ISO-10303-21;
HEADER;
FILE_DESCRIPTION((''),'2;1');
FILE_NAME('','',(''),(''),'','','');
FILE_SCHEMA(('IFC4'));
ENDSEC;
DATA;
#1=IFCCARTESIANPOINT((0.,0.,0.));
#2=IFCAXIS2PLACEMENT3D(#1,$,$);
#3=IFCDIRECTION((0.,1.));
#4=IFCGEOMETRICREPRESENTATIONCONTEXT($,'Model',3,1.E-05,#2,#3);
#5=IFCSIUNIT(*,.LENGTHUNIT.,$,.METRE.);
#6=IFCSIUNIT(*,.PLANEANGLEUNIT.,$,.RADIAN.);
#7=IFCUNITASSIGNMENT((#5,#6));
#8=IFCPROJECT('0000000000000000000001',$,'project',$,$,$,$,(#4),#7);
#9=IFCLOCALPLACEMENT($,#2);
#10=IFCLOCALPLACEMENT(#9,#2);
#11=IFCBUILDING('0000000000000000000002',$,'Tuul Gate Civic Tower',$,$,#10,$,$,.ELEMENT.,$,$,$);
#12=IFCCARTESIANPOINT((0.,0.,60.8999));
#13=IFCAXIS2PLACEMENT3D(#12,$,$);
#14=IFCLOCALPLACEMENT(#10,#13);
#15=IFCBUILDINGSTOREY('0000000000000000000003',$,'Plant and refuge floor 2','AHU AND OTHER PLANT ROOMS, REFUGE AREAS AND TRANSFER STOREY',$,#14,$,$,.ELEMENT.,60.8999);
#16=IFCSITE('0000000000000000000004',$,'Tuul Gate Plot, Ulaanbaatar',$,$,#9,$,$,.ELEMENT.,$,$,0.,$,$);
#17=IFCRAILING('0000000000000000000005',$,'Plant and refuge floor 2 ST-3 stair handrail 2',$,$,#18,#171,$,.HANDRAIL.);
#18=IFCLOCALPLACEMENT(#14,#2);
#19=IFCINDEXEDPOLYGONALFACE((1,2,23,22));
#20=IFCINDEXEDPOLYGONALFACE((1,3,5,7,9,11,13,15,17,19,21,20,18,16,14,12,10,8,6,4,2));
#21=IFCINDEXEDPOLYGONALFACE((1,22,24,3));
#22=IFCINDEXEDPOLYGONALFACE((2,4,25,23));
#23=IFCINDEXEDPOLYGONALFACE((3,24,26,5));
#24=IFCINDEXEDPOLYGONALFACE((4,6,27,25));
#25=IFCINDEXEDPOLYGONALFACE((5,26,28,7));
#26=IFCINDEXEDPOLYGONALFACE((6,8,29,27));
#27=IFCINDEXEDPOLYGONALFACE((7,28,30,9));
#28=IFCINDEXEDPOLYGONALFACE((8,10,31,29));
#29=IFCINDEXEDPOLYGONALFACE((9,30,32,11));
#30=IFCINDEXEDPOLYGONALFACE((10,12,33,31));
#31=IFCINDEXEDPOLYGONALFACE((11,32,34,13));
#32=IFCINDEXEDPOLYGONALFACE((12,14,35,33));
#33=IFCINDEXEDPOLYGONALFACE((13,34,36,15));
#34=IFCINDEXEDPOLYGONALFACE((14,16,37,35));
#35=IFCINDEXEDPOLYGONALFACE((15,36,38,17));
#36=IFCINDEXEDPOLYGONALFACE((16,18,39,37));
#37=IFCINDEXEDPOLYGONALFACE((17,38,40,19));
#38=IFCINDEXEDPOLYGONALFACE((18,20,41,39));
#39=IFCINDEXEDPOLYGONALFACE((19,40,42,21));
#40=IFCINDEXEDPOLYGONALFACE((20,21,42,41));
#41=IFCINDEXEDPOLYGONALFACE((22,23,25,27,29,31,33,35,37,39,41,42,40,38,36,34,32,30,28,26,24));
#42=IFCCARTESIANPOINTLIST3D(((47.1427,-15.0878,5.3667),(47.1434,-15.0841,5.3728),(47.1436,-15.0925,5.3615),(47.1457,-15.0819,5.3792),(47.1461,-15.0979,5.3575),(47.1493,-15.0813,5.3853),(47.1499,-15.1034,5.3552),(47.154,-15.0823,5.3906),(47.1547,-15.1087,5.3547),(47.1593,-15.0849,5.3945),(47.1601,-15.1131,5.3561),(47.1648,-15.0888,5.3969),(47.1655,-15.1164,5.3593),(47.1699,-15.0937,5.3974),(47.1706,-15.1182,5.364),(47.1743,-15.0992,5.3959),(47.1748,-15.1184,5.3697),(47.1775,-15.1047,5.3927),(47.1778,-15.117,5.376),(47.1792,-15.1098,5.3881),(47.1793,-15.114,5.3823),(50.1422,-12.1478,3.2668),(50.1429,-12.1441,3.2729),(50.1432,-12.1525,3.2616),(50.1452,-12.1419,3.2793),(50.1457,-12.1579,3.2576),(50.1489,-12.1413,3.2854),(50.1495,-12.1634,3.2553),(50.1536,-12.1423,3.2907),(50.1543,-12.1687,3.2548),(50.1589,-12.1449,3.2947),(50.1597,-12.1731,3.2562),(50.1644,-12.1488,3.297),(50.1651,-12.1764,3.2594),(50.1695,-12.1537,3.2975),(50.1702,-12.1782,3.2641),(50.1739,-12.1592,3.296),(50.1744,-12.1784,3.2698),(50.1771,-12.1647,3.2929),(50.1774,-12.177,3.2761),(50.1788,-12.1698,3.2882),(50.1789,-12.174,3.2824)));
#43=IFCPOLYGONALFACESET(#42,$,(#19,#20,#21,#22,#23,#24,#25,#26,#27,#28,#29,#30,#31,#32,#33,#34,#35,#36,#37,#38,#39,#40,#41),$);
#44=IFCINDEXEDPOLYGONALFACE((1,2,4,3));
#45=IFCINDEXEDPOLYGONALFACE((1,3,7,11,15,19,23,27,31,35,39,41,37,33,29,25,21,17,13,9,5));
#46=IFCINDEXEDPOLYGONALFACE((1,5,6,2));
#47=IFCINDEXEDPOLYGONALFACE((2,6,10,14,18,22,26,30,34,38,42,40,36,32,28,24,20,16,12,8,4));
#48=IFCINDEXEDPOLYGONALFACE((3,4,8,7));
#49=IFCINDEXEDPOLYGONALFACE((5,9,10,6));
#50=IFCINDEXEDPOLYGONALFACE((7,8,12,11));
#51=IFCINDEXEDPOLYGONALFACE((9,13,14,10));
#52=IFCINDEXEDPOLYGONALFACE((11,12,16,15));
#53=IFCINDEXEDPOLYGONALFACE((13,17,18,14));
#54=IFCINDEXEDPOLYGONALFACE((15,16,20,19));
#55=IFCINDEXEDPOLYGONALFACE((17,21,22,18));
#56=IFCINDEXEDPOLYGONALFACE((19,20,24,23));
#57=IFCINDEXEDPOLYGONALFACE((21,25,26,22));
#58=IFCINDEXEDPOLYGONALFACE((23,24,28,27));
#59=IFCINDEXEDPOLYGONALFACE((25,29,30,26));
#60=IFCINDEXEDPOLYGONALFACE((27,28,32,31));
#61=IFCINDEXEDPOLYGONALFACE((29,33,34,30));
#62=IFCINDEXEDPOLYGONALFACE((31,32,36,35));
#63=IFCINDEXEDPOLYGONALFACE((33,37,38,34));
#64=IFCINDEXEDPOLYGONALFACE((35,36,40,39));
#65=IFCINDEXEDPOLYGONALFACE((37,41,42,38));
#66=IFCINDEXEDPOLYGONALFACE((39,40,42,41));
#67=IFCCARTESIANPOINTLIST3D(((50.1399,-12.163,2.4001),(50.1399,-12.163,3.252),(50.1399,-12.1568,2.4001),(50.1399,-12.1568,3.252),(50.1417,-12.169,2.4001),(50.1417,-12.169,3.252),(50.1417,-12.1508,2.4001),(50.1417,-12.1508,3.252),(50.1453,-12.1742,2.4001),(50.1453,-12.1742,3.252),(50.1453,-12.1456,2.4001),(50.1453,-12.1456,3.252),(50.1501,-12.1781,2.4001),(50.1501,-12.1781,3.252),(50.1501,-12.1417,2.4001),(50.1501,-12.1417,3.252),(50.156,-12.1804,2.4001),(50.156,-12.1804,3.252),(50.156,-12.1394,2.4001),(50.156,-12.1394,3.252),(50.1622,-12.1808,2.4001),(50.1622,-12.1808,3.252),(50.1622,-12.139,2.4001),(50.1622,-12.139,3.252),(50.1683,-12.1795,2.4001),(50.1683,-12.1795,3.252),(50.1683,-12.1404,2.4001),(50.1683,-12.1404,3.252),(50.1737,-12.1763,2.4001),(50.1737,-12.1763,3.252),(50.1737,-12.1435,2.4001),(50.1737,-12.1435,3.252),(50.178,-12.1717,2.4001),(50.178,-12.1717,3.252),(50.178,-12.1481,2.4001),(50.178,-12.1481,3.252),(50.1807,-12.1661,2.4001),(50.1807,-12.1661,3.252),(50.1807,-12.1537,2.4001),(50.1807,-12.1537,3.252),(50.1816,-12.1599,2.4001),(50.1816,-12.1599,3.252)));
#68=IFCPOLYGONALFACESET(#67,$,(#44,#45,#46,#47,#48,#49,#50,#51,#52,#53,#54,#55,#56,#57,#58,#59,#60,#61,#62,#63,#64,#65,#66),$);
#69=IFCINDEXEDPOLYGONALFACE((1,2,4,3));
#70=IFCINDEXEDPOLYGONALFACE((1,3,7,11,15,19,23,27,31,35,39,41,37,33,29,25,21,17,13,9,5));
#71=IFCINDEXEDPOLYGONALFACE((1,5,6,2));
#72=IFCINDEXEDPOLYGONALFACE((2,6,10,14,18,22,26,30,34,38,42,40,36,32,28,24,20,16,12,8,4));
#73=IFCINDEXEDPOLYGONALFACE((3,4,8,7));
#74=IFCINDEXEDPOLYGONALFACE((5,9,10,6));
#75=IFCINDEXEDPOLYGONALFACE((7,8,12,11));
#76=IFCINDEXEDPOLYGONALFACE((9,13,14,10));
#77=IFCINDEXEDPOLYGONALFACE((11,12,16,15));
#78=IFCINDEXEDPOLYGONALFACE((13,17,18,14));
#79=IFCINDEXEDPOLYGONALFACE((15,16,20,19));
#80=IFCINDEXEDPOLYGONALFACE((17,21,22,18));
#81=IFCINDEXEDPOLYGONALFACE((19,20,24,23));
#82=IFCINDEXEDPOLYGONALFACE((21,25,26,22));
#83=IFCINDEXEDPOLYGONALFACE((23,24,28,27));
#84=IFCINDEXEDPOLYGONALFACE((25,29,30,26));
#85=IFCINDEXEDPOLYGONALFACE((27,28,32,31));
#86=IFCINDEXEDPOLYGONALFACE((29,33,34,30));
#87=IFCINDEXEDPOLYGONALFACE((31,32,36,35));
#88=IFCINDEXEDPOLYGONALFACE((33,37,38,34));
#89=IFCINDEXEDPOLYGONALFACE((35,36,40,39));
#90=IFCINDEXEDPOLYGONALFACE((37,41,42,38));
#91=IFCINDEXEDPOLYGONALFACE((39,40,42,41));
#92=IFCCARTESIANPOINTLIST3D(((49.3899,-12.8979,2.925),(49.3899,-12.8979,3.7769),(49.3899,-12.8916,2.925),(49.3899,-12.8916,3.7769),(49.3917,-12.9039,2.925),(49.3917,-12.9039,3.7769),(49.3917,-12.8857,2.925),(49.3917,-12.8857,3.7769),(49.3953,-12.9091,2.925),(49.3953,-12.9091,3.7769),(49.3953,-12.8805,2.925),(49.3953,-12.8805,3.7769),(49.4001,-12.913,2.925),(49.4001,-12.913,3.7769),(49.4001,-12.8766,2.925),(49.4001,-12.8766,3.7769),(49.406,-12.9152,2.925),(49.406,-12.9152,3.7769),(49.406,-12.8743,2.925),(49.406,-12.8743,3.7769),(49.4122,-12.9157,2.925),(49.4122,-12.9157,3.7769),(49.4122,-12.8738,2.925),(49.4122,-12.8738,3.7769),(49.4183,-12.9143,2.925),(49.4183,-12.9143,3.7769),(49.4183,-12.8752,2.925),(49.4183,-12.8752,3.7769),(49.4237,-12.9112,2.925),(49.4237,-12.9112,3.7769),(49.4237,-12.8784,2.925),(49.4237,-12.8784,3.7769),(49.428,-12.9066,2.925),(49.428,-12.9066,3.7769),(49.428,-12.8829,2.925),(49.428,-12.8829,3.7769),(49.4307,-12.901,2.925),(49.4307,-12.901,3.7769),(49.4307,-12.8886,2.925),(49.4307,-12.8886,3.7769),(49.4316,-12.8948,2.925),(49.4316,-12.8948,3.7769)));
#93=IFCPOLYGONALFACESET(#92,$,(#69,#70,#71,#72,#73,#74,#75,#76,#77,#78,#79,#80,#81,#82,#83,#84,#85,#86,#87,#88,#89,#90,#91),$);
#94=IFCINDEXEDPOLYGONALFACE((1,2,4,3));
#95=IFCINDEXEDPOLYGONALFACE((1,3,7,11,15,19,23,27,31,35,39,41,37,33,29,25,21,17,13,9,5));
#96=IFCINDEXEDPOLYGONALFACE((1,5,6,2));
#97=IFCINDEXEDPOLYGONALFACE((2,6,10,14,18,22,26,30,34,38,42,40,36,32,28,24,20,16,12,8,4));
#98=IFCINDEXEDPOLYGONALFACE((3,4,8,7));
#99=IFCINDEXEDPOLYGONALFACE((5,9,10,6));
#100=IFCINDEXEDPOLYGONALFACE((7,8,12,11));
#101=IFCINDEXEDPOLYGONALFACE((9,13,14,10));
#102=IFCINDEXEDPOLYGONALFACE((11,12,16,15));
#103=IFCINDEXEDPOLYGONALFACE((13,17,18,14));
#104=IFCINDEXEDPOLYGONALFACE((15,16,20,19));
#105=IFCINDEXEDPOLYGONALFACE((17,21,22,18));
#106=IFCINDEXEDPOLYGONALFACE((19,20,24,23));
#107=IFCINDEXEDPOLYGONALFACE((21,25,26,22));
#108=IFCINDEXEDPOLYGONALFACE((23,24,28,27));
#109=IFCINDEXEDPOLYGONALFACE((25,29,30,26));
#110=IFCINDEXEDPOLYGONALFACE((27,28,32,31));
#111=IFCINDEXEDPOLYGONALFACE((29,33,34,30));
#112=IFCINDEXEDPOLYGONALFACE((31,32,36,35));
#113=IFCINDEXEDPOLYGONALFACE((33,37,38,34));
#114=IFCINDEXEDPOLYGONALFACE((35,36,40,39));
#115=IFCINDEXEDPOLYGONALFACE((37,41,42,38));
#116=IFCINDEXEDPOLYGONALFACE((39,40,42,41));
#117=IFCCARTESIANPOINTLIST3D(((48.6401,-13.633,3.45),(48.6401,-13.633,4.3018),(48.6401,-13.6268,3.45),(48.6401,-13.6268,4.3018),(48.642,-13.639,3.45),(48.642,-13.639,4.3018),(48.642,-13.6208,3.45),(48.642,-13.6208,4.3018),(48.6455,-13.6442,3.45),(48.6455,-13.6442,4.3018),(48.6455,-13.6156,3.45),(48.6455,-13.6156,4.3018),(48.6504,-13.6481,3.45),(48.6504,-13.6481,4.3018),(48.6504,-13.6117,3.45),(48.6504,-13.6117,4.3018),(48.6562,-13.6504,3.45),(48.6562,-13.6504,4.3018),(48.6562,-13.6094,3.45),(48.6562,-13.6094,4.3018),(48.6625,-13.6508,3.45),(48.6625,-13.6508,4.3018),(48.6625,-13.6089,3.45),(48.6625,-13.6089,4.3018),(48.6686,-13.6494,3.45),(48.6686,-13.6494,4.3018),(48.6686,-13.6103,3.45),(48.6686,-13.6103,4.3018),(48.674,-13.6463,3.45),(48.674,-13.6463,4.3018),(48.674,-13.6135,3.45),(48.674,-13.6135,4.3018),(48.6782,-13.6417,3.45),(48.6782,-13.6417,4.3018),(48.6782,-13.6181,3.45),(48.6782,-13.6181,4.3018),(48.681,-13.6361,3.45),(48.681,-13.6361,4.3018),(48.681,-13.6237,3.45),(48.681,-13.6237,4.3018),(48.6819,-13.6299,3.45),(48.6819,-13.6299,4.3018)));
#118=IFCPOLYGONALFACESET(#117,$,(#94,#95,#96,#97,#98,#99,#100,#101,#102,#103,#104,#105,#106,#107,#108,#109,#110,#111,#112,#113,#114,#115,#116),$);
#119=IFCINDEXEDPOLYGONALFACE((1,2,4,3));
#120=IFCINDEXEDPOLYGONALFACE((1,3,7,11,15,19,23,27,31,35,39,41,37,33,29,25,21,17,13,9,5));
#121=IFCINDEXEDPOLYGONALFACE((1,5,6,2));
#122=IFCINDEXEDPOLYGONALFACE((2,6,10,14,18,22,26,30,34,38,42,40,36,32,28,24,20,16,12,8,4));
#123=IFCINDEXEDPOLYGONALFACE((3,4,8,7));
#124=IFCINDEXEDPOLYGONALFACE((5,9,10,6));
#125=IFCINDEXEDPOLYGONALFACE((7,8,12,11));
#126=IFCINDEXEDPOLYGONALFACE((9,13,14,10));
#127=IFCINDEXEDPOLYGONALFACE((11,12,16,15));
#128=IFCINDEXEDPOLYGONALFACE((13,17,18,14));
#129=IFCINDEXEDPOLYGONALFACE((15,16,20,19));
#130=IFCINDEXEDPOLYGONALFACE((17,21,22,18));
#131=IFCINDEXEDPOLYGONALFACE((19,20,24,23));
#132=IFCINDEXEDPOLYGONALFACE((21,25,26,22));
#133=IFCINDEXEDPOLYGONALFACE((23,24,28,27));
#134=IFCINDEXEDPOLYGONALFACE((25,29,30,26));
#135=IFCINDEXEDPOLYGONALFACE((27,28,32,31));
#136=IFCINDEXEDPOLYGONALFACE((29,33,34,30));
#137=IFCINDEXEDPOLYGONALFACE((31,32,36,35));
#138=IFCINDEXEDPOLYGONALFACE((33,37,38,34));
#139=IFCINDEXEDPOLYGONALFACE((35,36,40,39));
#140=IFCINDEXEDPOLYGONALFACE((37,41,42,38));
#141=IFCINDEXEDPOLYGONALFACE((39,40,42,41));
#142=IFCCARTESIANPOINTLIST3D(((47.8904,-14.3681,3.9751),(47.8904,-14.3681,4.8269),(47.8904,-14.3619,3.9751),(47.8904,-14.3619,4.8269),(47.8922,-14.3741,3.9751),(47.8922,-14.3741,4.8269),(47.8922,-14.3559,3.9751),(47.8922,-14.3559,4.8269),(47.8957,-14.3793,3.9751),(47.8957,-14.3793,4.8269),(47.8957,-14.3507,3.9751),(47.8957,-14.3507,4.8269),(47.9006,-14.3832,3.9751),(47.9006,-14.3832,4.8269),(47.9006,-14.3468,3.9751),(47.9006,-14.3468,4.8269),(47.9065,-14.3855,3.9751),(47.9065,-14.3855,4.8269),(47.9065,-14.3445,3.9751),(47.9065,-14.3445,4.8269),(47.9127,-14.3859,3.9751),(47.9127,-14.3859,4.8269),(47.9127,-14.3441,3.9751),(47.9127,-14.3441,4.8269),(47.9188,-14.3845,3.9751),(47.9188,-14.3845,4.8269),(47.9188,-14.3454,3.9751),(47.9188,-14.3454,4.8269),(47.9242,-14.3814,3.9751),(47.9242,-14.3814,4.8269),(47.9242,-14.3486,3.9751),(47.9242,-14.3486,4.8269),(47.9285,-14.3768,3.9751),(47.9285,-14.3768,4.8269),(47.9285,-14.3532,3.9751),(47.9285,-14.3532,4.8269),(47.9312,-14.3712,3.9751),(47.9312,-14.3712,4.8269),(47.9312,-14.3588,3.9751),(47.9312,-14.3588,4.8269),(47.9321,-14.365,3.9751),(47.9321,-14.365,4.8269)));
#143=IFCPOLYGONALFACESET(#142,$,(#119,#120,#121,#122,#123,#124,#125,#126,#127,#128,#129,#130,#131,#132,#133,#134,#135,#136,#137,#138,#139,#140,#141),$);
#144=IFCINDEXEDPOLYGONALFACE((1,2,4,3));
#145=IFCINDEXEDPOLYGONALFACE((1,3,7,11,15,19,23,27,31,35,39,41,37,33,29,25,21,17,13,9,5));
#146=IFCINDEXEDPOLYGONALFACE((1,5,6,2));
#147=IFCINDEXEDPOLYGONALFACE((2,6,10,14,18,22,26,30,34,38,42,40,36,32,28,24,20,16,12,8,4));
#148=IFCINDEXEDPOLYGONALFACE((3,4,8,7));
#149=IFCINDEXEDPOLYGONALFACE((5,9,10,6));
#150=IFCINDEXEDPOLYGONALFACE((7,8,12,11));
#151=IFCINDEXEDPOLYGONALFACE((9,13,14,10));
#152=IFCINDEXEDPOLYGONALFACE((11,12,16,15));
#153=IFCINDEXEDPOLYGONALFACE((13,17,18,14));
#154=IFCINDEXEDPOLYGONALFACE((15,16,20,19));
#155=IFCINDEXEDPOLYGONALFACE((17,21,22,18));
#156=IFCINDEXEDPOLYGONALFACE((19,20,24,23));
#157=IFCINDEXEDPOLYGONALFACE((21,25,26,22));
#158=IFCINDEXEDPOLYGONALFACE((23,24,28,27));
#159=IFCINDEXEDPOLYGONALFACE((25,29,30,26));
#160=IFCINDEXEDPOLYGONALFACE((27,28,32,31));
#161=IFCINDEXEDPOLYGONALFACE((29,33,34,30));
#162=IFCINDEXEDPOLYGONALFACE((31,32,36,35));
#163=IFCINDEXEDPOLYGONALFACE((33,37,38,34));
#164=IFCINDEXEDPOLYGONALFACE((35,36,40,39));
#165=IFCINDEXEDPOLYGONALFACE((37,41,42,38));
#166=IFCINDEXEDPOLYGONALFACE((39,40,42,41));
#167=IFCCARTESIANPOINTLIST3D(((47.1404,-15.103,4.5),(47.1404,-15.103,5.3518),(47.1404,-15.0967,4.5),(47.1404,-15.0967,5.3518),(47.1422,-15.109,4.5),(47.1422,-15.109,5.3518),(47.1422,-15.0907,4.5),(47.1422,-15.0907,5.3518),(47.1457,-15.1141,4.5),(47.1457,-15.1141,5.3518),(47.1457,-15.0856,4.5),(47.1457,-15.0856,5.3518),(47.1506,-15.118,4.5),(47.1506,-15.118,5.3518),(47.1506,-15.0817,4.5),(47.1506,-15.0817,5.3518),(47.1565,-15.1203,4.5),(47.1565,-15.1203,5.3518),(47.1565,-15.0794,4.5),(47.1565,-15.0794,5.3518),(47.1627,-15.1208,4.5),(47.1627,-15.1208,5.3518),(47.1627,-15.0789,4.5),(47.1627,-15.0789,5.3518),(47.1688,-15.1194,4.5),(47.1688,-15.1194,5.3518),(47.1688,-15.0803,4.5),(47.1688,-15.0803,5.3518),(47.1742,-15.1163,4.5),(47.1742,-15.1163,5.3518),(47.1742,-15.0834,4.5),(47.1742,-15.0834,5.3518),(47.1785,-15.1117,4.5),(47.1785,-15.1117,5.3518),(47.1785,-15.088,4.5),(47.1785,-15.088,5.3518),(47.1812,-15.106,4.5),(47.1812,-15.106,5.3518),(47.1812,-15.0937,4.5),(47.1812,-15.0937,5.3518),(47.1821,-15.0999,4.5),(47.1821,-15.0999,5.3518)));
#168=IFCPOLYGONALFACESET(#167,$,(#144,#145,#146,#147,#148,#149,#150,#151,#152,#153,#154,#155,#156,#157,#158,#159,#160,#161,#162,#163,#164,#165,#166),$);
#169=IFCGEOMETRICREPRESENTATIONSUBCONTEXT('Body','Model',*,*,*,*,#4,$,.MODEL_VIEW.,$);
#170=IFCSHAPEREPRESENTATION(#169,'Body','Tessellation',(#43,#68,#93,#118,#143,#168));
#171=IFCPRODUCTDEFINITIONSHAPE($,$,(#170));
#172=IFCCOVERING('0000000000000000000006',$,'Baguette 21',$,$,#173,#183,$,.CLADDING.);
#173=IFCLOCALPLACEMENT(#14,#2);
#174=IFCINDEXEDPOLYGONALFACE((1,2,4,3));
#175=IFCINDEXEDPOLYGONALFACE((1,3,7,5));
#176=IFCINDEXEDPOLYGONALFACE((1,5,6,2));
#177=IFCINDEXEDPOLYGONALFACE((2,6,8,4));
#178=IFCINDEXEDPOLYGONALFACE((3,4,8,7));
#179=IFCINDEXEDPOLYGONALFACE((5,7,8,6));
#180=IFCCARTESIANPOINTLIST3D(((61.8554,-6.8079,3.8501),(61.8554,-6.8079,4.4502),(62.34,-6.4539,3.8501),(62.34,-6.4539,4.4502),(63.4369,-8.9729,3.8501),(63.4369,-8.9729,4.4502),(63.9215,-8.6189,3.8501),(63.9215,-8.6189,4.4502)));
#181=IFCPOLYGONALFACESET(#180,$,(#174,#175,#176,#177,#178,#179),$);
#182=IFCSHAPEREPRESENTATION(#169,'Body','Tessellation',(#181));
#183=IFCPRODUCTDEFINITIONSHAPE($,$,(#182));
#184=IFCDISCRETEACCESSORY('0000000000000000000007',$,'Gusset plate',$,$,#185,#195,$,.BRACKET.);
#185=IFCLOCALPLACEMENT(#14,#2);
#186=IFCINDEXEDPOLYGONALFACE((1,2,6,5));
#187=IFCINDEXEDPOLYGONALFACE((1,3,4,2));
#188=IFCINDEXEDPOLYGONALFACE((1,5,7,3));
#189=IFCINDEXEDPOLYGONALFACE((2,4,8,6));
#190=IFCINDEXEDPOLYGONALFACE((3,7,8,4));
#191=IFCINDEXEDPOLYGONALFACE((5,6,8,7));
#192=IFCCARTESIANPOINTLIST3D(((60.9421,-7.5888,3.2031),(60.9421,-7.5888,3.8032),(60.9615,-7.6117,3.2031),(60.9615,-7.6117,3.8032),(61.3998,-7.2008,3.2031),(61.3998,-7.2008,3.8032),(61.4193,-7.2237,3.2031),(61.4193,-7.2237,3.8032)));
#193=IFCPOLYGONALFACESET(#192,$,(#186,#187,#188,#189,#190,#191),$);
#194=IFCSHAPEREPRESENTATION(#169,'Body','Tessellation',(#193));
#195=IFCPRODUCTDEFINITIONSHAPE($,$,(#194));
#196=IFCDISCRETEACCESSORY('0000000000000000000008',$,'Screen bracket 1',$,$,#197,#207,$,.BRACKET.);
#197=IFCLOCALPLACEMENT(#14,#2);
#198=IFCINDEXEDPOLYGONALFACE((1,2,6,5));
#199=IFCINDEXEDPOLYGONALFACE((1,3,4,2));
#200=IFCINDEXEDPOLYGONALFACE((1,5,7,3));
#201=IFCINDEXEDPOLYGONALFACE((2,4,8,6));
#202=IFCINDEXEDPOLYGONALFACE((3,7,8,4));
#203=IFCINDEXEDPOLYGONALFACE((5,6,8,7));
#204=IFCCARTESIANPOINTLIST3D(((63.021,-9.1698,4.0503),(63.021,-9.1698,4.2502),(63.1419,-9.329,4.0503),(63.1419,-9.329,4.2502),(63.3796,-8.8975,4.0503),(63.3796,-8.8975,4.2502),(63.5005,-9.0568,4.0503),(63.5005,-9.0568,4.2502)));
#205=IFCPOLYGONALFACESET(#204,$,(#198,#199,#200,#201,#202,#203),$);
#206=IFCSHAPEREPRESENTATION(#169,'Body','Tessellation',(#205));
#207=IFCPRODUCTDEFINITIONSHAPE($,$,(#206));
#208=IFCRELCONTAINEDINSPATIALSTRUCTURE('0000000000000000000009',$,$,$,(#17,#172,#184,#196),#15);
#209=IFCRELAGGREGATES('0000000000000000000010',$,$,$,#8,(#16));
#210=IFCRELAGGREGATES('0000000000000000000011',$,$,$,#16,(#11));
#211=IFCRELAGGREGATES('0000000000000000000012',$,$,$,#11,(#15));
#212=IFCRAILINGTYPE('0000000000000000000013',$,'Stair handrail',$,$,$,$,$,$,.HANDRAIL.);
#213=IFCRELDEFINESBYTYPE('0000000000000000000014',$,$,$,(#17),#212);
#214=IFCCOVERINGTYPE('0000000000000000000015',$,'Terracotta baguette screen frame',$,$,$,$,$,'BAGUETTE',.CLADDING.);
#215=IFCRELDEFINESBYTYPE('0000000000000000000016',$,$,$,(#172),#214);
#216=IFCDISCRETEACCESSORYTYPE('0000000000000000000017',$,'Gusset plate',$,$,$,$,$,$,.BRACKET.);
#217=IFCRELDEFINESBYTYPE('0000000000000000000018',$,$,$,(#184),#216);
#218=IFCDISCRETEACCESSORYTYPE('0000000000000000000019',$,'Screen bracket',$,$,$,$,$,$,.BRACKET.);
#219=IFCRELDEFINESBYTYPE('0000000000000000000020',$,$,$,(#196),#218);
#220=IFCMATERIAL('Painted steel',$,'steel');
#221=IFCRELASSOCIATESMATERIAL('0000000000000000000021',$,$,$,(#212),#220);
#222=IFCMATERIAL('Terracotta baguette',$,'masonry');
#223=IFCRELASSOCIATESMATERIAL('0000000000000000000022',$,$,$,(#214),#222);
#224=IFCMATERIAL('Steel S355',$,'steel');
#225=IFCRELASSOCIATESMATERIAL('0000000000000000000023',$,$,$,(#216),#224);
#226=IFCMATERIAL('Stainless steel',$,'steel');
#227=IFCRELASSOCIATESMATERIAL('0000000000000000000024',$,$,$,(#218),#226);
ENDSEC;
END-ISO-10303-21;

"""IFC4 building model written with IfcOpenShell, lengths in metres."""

from ifc_helpers import new_model, si_unit, direction, frame, origin, origin_2d, place, context, subcontext, project, spatial, rectangle, circle, extrude, material, material_profile, profile_set, type_object, element, save


model = new_model("IFC4")

# Units and contexts
model_context = context("Model", 3, precision=1e-05, world=origin(), true_north=direction((0.0, 1.0)))
body_context = subcontext(model_context, "Body", "Model", "MODEL_VIEW")
ifc_project = project(units=[si_unit("LENGTHUNIT", "METRE"), si_unit("PLANEANGLEUNIT", "RADIAN")], contexts=[model_context])

# Site, building, storey
site_placement = place(None, origin())
site = spatial("IfcSite", under=ifc_project, at=site_placement, Name="Tuul Gate Plot, Ulaanbaatar", CompositionType="ELEMENT", RefElevation=0.0)
building_placement = place(site_placement, origin())
building = spatial("IfcBuilding", under=site, at=building_placement, Name="Tuul Gate Civic Tower", CompositionType="ELEMENT")
storey_placement = place(building_placement, frame((0.0, 0.0, 60.8999)))
storey = spatial("IfcBuildingStorey", under=building, at=storey_placement, Name="Plant and refuge floor 2", Description="AHU AND OTHER PLANT ROOMS, REFUGE AREAS AND TRANSFER STOREY", CompositionType="ELEMENT", Elevation=60.8999)

# Railing
ifc_material_1 = material(Name="Painted steel", Category="steel")
railing_type = type_object("IfcRailingType", Name="Stair handrail", PredefinedType="HANDRAIL", material=ifc_material_1)
railing_placement = place(storey_placement, frame((50.1606, -12.1599, 2.4001)))
element("IfcRailing", 1, at=railing_placement, inside=storey, type_object=railing_type, Name="Plant and refuge floor 2 ST-3 stair handrail 2", PredefinedType="HANDRAIL", context=body_context, shape_type="SweptSolid", body=[
    extrude(circle(Radius=0.0239, at=origin_2d()), frame((0.0, 0.0, 0.876), z_axis=(-0.638777, -0.626091, 0.447185), x_axis=(0.69998, -0.714163, 0.0)), (0.0, 0.0, 1.0), 4.6958),
    extrude(circle(Radius=0.021, at=origin_2d()), origin(), (0.0, 0.0, 1.0), 0.8518),
    extrude(circle(Radius=0.021, at=origin_2d()), frame((-0.75, -0.7349, 0.5249)), (0.0, 0.0, 1.0), 0.8518),
    extrude(circle(Radius=0.021, at=origin_2d()), frame((-1.4998, -1.47, 1.0498)), (0.0, 0.0, 1.0), 0.8518),
    extrude(circle(Radius=0.021, at=origin_2d()), frame((-2.2495, -2.2051, 1.575)), (0.0, 0.0, 1.0), 0.8518),
    extrude(circle(Radius=0.021, at=origin_2d()), frame((-2.9995, -2.9399, 2.0999)), (0.0, 0.0, 1.0), 0.8518),
])

# Covering
ifc_material_2 = material(Name="Terracotta baguette", Category="masonry")
ifc_material_profile_1 = material_profile(ifc_material_2, rectangle(XDim=0.6001, YDim=0.6001, at=origin_2d()), Name="Terracotta baguette screen frame")
ifc_profile_set_1 = profile_set([ifc_material_profile_1], Name="Terracotta baguette")
covering_type = type_object("IfcCoveringType", Name="Terracotta baguette screen frame", ElementType="BAGUETTE", PredefinedType="CLADDING", material=ifc_profile_set_1)
covering_placement = place(storey_placement, frame((63.6792, -8.7959, 4.1501), z_axis=(-0.58987, 0.807498, 0.0), x_axis=(-0.807498, -0.58987, 0.0)))
element("IfcCovering", 2, at=covering_placement, inside=storey, type_object=covering_type, Name="Baguette 21", PredefinedType="CLADDING", context=body_context, shape_type="SweptSolid", body=[
    extrude(rectangle(XDim=0.6001, YDim=0.6001, at=origin_2d()), origin(), (0.0, 0.0, 1.0), 2.6812),
])

# Discrete accessories
ifc_material_3 = material(Name="Steel S355", Category="steel")
discrete_accessory_type_1 = type_object("IfcDiscreteAccessoryType", Name="Gusset plate", PredefinedType="BRACKET", material=ifc_material_3)
discrete_accessory_1_placement = place(storey_placement, frame((61.1807, -7.4062, 3.2031), z_axis=(0.0, 0.0, 1.0), x_axis=(-0.762825, -0.646605, 0.0)))
element("IfcDiscreteAccessory", 3, at=discrete_accessory_1_placement, inside=storey, type_object=discrete_accessory_type_1, Name="Gusset plate", PredefinedType="BRACKET", context=body_context, shape_type="SweptSolid", body=[
    extrude(rectangle(XDim=0.6001, YDim=0.03, at=origin_2d()), origin(), (0.0, 0.0, 1.0), 0.6001),
])
ifc_material_4 = material(Name="Stainless steel", Category="steel")
discrete_accessory_type_2 = type_object("IfcDiscreteAccessoryType", Name="Screen bracket", PredefinedType="BRACKET", material=ifc_material_4)
discrete_accessory_2_placement = place(storey_placement, frame((63.2607, -9.1133, 4.0503), z_axis=(0.0, 0.0, 1.0), x_axis=(0.796469, 0.60468, 0.0)))
element("IfcDiscreteAccessory", 4, at=discrete_accessory_2_placement, inside=storey, type_object=discrete_accessory_type_2, Name="Screen bracket 1", PredefinedType="BRACKET", context=body_context, shape_type="SweptSolid", body=[
    extrude(rectangle(XDim=0.4502, YDim=0.2, at=origin_2d()), origin(), (0.0, 0.0, 1.0), 0.2),
])

save(model, "model.ifc")
